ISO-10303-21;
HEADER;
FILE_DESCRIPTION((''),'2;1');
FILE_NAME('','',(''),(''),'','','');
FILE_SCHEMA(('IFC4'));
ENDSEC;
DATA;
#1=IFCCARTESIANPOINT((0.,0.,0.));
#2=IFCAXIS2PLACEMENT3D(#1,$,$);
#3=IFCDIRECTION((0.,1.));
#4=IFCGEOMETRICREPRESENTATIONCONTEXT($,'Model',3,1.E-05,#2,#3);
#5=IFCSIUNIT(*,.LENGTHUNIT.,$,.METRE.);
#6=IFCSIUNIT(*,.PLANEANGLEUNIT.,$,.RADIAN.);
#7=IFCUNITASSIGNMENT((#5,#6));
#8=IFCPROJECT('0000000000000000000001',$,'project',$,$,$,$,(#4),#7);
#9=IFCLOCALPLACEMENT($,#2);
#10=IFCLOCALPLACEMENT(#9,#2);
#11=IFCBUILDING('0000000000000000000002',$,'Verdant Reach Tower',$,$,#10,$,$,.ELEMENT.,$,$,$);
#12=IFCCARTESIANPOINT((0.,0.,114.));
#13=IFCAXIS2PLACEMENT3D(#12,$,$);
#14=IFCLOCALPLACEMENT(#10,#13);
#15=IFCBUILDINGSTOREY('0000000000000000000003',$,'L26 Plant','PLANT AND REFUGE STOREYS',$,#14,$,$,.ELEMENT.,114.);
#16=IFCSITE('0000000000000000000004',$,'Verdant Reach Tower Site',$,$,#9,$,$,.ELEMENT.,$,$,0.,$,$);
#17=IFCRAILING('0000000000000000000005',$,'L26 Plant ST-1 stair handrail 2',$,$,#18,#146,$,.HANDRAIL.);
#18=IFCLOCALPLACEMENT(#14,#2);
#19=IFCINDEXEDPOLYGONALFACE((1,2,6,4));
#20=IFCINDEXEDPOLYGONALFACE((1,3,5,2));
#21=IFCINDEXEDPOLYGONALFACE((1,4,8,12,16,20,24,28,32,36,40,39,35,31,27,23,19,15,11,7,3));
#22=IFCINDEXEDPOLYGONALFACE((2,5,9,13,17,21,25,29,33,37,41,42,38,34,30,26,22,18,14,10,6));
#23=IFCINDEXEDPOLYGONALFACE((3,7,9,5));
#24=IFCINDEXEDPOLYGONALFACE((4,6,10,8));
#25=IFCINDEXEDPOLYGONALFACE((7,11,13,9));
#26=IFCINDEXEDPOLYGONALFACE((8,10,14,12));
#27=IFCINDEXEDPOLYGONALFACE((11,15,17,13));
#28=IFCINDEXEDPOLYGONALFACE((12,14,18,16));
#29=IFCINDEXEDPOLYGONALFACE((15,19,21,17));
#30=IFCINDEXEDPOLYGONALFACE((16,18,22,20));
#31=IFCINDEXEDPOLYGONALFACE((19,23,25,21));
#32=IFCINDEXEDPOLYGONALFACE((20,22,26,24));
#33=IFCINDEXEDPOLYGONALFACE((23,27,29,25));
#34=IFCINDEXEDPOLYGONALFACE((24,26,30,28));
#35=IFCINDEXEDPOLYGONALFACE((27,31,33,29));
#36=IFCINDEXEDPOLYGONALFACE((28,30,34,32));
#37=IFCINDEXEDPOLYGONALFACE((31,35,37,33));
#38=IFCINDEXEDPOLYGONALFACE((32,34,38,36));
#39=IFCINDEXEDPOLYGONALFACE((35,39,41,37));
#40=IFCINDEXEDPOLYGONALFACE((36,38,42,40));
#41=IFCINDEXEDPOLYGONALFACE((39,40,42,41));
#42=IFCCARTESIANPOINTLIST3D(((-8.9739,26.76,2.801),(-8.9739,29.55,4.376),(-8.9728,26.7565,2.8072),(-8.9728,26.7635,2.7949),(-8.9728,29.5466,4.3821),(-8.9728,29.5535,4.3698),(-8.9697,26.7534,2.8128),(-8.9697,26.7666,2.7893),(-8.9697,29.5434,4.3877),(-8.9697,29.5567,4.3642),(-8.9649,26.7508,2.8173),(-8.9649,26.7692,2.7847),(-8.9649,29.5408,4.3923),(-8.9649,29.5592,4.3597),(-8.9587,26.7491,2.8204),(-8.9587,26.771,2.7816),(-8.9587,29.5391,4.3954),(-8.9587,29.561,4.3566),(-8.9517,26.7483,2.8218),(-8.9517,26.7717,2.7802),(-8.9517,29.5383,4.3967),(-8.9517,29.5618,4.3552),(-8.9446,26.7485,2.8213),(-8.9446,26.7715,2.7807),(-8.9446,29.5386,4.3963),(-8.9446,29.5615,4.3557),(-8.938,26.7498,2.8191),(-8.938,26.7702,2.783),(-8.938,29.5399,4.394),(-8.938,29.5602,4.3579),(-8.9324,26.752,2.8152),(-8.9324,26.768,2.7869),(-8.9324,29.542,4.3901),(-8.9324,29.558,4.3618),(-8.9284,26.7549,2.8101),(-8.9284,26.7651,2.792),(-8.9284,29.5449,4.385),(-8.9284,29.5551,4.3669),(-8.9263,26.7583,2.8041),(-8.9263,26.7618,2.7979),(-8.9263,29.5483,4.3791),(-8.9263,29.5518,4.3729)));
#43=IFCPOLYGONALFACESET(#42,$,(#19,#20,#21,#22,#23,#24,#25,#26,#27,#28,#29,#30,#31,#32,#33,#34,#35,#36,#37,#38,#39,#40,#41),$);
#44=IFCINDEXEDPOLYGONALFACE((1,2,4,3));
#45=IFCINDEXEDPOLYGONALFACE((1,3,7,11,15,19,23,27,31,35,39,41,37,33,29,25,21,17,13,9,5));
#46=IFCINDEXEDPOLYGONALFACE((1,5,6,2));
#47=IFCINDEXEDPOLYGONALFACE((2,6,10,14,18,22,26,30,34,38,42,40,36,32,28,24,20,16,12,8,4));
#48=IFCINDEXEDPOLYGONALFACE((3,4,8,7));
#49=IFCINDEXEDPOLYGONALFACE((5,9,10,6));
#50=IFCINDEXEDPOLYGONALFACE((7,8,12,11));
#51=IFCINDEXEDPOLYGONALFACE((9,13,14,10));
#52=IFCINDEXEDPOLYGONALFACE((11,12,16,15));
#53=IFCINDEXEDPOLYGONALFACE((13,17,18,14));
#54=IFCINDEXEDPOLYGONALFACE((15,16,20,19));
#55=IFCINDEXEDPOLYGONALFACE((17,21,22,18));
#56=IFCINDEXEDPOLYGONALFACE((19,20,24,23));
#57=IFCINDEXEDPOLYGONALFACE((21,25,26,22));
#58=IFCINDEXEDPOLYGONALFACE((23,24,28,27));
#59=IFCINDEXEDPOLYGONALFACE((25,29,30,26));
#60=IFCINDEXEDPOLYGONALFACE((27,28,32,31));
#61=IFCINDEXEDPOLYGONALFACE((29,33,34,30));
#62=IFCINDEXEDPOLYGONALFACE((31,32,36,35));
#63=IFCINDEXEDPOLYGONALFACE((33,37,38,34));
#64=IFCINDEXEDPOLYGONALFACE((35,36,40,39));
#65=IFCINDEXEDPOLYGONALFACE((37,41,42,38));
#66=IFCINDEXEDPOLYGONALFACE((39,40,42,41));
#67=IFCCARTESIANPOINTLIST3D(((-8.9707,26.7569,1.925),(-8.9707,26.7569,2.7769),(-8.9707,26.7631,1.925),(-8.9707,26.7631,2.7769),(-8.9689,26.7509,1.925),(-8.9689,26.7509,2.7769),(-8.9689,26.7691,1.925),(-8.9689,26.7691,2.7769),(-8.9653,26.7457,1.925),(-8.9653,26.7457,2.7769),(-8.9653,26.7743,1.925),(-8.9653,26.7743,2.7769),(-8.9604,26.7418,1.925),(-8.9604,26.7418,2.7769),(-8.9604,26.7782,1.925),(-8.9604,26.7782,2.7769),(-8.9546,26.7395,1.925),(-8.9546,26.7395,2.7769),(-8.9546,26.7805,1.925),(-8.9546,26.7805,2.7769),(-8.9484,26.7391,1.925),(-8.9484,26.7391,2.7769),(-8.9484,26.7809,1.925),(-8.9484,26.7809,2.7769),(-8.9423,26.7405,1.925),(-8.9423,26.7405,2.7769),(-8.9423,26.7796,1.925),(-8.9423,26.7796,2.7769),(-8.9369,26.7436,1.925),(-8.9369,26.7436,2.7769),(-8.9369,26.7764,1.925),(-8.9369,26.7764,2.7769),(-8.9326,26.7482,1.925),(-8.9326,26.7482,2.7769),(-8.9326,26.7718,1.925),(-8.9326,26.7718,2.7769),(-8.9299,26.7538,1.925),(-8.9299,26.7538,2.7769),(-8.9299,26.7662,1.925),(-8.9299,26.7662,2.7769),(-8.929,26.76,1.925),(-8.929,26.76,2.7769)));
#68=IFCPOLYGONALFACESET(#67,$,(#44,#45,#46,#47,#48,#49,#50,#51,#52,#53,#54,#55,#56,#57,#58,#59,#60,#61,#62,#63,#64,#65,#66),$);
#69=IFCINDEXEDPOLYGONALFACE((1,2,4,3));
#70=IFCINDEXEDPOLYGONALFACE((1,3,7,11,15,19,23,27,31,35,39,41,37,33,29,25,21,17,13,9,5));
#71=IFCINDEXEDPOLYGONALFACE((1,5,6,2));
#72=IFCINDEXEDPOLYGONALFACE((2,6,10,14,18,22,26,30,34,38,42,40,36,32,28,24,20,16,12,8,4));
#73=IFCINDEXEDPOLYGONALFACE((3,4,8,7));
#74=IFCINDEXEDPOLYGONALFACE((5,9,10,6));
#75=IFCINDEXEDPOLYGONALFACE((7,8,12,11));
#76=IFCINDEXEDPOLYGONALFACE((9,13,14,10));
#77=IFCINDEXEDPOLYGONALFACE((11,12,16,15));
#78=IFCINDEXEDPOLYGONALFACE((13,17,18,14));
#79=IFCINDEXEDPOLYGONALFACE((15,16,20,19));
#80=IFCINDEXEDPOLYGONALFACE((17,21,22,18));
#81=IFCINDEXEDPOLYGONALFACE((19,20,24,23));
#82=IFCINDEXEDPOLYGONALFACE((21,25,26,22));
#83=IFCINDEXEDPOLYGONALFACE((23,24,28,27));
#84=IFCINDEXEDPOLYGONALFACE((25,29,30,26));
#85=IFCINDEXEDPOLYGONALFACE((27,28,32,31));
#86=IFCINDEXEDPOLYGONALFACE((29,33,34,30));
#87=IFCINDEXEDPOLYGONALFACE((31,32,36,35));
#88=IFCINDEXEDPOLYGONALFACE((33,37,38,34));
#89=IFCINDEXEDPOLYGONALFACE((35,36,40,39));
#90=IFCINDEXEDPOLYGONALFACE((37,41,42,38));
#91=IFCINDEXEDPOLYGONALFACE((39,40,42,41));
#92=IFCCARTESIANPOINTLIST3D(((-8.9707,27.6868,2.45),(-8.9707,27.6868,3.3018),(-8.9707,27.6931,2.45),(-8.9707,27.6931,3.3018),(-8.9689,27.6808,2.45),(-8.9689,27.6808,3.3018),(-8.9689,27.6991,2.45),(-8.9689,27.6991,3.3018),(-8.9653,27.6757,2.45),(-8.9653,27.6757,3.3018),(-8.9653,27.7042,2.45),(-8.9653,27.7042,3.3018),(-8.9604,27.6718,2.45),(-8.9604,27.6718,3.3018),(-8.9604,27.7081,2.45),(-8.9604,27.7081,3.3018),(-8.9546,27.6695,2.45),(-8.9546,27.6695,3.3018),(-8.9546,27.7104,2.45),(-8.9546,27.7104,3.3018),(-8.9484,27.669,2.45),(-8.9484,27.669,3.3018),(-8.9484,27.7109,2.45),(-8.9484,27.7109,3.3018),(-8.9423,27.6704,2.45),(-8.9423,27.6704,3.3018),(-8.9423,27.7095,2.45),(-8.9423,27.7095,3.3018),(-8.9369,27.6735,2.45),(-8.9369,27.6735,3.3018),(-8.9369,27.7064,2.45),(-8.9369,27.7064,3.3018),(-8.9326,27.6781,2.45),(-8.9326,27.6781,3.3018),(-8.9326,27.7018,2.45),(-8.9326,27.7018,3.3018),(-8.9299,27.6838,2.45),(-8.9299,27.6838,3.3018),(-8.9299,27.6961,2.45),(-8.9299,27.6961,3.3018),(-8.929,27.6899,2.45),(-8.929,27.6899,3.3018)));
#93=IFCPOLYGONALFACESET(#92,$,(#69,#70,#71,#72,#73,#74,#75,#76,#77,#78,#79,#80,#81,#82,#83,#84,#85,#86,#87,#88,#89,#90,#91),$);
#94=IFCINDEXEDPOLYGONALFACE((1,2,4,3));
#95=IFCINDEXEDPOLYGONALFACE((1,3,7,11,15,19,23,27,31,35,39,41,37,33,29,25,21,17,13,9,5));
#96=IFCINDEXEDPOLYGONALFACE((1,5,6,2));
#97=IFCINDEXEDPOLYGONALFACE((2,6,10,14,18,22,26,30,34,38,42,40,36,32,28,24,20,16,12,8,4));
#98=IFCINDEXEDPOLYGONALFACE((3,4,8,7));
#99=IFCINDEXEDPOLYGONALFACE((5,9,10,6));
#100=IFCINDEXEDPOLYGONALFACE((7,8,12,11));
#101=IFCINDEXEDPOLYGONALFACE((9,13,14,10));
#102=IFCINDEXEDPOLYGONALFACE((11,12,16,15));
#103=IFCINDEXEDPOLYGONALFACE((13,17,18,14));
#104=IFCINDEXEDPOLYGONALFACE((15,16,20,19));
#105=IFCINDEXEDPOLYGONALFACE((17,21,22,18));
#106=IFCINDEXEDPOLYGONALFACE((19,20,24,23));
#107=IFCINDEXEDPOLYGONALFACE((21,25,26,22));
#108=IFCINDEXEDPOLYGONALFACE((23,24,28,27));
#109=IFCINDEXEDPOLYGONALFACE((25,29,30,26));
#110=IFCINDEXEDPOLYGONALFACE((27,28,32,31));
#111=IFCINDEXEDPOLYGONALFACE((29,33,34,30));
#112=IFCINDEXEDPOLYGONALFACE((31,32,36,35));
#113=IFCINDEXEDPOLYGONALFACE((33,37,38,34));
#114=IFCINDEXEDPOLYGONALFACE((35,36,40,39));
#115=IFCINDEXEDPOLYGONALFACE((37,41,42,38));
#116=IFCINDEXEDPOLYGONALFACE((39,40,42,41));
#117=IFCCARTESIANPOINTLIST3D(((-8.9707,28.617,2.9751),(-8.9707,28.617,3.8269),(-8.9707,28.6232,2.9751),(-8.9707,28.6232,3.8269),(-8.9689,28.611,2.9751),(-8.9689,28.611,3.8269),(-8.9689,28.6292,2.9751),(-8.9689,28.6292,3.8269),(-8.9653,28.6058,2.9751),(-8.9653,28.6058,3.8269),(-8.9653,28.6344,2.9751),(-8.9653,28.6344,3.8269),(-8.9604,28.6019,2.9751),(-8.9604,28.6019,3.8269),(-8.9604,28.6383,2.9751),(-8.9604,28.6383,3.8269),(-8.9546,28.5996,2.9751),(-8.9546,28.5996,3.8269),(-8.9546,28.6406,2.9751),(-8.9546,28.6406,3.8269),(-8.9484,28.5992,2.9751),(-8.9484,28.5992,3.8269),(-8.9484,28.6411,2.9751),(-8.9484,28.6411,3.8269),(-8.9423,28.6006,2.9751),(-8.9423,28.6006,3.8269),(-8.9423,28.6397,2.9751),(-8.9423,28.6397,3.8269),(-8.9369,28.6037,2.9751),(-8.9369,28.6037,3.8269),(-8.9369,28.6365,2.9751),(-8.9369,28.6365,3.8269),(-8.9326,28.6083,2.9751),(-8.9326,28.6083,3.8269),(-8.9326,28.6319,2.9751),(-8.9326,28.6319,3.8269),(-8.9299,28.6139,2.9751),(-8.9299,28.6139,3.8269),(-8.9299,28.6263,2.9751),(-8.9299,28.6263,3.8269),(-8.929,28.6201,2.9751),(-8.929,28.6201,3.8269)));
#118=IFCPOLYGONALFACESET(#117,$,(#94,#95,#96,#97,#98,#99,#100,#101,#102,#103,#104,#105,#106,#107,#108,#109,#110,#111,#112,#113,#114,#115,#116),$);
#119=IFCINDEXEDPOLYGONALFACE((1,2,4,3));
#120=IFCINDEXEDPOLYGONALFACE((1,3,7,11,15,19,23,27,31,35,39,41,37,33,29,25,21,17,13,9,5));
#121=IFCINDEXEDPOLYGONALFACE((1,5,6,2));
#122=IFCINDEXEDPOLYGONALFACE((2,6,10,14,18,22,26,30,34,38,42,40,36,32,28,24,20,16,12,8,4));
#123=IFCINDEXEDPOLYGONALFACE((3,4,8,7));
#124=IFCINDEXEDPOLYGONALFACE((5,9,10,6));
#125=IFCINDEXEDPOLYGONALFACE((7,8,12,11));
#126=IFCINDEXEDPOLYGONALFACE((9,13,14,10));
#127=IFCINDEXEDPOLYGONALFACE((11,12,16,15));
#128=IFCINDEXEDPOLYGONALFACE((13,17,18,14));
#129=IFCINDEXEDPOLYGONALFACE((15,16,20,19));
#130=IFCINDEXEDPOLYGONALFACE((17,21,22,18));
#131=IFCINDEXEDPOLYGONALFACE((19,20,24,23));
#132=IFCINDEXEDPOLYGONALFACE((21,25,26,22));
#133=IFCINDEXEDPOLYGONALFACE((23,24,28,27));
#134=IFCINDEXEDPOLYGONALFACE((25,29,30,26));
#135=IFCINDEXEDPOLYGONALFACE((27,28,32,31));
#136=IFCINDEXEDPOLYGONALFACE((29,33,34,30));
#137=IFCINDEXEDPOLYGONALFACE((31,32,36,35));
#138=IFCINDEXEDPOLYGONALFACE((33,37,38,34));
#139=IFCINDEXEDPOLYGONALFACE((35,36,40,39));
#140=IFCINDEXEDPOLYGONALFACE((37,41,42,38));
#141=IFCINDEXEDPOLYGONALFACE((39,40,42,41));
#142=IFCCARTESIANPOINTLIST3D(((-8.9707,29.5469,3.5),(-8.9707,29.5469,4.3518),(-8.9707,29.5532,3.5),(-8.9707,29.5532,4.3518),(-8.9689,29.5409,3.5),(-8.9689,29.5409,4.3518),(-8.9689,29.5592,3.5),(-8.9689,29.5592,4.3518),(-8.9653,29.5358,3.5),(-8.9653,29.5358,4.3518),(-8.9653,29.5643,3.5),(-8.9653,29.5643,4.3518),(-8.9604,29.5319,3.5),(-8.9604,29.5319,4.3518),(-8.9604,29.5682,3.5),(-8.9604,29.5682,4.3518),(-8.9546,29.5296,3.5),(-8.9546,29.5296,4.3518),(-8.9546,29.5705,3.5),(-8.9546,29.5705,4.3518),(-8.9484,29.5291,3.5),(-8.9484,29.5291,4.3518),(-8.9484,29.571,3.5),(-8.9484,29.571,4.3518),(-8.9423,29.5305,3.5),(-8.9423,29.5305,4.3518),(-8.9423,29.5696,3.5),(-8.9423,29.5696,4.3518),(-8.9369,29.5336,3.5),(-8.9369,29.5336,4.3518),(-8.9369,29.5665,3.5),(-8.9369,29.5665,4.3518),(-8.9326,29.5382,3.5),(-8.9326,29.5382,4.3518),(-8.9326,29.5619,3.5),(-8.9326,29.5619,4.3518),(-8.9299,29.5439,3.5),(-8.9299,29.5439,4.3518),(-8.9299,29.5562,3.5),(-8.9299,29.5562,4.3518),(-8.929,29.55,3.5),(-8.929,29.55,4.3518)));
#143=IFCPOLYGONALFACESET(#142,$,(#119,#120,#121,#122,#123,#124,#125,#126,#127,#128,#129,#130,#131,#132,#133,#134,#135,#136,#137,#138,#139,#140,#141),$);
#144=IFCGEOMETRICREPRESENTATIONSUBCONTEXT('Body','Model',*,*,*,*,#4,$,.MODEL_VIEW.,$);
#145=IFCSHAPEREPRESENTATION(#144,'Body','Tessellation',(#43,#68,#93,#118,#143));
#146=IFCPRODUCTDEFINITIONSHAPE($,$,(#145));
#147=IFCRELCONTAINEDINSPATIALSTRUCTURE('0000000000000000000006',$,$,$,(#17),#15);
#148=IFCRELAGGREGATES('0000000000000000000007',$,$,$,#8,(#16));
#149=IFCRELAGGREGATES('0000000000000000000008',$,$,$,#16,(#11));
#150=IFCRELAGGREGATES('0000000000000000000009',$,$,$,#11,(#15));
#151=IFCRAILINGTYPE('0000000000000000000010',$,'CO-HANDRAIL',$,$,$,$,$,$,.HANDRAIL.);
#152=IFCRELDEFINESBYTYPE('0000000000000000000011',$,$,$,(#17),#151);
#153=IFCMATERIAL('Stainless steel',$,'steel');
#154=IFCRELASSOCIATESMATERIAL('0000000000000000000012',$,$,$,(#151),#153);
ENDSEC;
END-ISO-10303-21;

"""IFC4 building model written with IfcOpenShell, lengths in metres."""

from ifc_helpers import new_model, si_unit, direction, frame, origin, origin_2d, place, context, subcontext, project, spatial, circle, extrude, material, type_object, element, save


model = new_model("IFC4")

# Units and contexts
model_context = context("Model", 3, precision=1e-05, world=origin(), true_north=direction((0.0, 1.0)))
body_context = subcontext(model_context, "Body", "Model", "MODEL_VIEW")
ifc_project = project(units=[si_unit("LENGTHUNIT", "METRE"), si_unit("PLANEANGLEUNIT", "RADIAN")], contexts=[model_context])

# Site, building, storey
site_placement = place(None, origin())
site = spatial("IfcSite", under=ifc_project, at=site_placement, Name="Verdant Reach Tower Site", CompositionType="ELEMENT", RefElevation=0.0)
building_placement = place(site_placement, origin())
building = spatial("IfcBuilding", under=site, at=building_placement, Name="Verdant Reach Tower", CompositionType="ELEMENT")
storey_placement = place(building_placement, frame((0.0, 0.0, 114.0)))
storey = spatial("IfcBuildingStorey", under=building, at=storey_placement, Name="L26 Plant", Description="PLANT AND REFUGE STOREYS", CompositionType="ELEMENT", Elevation=114.0)

# Railing
ifc_material_1 = material(Name="Stainless steel", Category="steel")
railing_type = type_object("IfcRailingType", Name="CO-HANDRAIL", PredefinedType="HANDRAIL", material=ifc_material_1)
for number, where, name in (
    (1, (-8.95, 26.76, 1.925), "L26 Plant ST-1 stair handrail 2"),
):
    element("IfcRailing", number, at=place(storey_placement, frame(where)), inside=storey, type_object=railing_type, Name=name, PredefinedType="HANDRAIL", context=body_context, shape_type="SweptSolid", body=[
        extrude(circle(Radius=0.0239, at=origin_2d()), frame((0.0, 0.0, 0.876), z_axis=(0.0, 0.870834, 0.491578), x_axis=(-1.0, 0.0, 0.0)), (0.0, 0.0, 1.0), 3.2039),
        extrude(circle(Radius=0.021, at=origin_2d()), origin(), (0.0, 0.0, 1.0), 0.8518),
        extrude(circle(Radius=0.021, at=origin_2d()), frame((0.0, 0.9299, 0.5249)), (0.0, 0.0, 1.0), 0.8518),
        extrude(circle(Radius=0.021, at=origin_2d()), frame((0.0, 1.8601, 1.05)), (0.0, 0.0, 1.0), 0.8518),
        extrude(circle(Radius=0.021, at=origin_2d()), frame((0.0, 2.79, 1.575)), (0.0, 0.0, 1.0), 0.8518),
    ])

save(model, "model.ifc")
